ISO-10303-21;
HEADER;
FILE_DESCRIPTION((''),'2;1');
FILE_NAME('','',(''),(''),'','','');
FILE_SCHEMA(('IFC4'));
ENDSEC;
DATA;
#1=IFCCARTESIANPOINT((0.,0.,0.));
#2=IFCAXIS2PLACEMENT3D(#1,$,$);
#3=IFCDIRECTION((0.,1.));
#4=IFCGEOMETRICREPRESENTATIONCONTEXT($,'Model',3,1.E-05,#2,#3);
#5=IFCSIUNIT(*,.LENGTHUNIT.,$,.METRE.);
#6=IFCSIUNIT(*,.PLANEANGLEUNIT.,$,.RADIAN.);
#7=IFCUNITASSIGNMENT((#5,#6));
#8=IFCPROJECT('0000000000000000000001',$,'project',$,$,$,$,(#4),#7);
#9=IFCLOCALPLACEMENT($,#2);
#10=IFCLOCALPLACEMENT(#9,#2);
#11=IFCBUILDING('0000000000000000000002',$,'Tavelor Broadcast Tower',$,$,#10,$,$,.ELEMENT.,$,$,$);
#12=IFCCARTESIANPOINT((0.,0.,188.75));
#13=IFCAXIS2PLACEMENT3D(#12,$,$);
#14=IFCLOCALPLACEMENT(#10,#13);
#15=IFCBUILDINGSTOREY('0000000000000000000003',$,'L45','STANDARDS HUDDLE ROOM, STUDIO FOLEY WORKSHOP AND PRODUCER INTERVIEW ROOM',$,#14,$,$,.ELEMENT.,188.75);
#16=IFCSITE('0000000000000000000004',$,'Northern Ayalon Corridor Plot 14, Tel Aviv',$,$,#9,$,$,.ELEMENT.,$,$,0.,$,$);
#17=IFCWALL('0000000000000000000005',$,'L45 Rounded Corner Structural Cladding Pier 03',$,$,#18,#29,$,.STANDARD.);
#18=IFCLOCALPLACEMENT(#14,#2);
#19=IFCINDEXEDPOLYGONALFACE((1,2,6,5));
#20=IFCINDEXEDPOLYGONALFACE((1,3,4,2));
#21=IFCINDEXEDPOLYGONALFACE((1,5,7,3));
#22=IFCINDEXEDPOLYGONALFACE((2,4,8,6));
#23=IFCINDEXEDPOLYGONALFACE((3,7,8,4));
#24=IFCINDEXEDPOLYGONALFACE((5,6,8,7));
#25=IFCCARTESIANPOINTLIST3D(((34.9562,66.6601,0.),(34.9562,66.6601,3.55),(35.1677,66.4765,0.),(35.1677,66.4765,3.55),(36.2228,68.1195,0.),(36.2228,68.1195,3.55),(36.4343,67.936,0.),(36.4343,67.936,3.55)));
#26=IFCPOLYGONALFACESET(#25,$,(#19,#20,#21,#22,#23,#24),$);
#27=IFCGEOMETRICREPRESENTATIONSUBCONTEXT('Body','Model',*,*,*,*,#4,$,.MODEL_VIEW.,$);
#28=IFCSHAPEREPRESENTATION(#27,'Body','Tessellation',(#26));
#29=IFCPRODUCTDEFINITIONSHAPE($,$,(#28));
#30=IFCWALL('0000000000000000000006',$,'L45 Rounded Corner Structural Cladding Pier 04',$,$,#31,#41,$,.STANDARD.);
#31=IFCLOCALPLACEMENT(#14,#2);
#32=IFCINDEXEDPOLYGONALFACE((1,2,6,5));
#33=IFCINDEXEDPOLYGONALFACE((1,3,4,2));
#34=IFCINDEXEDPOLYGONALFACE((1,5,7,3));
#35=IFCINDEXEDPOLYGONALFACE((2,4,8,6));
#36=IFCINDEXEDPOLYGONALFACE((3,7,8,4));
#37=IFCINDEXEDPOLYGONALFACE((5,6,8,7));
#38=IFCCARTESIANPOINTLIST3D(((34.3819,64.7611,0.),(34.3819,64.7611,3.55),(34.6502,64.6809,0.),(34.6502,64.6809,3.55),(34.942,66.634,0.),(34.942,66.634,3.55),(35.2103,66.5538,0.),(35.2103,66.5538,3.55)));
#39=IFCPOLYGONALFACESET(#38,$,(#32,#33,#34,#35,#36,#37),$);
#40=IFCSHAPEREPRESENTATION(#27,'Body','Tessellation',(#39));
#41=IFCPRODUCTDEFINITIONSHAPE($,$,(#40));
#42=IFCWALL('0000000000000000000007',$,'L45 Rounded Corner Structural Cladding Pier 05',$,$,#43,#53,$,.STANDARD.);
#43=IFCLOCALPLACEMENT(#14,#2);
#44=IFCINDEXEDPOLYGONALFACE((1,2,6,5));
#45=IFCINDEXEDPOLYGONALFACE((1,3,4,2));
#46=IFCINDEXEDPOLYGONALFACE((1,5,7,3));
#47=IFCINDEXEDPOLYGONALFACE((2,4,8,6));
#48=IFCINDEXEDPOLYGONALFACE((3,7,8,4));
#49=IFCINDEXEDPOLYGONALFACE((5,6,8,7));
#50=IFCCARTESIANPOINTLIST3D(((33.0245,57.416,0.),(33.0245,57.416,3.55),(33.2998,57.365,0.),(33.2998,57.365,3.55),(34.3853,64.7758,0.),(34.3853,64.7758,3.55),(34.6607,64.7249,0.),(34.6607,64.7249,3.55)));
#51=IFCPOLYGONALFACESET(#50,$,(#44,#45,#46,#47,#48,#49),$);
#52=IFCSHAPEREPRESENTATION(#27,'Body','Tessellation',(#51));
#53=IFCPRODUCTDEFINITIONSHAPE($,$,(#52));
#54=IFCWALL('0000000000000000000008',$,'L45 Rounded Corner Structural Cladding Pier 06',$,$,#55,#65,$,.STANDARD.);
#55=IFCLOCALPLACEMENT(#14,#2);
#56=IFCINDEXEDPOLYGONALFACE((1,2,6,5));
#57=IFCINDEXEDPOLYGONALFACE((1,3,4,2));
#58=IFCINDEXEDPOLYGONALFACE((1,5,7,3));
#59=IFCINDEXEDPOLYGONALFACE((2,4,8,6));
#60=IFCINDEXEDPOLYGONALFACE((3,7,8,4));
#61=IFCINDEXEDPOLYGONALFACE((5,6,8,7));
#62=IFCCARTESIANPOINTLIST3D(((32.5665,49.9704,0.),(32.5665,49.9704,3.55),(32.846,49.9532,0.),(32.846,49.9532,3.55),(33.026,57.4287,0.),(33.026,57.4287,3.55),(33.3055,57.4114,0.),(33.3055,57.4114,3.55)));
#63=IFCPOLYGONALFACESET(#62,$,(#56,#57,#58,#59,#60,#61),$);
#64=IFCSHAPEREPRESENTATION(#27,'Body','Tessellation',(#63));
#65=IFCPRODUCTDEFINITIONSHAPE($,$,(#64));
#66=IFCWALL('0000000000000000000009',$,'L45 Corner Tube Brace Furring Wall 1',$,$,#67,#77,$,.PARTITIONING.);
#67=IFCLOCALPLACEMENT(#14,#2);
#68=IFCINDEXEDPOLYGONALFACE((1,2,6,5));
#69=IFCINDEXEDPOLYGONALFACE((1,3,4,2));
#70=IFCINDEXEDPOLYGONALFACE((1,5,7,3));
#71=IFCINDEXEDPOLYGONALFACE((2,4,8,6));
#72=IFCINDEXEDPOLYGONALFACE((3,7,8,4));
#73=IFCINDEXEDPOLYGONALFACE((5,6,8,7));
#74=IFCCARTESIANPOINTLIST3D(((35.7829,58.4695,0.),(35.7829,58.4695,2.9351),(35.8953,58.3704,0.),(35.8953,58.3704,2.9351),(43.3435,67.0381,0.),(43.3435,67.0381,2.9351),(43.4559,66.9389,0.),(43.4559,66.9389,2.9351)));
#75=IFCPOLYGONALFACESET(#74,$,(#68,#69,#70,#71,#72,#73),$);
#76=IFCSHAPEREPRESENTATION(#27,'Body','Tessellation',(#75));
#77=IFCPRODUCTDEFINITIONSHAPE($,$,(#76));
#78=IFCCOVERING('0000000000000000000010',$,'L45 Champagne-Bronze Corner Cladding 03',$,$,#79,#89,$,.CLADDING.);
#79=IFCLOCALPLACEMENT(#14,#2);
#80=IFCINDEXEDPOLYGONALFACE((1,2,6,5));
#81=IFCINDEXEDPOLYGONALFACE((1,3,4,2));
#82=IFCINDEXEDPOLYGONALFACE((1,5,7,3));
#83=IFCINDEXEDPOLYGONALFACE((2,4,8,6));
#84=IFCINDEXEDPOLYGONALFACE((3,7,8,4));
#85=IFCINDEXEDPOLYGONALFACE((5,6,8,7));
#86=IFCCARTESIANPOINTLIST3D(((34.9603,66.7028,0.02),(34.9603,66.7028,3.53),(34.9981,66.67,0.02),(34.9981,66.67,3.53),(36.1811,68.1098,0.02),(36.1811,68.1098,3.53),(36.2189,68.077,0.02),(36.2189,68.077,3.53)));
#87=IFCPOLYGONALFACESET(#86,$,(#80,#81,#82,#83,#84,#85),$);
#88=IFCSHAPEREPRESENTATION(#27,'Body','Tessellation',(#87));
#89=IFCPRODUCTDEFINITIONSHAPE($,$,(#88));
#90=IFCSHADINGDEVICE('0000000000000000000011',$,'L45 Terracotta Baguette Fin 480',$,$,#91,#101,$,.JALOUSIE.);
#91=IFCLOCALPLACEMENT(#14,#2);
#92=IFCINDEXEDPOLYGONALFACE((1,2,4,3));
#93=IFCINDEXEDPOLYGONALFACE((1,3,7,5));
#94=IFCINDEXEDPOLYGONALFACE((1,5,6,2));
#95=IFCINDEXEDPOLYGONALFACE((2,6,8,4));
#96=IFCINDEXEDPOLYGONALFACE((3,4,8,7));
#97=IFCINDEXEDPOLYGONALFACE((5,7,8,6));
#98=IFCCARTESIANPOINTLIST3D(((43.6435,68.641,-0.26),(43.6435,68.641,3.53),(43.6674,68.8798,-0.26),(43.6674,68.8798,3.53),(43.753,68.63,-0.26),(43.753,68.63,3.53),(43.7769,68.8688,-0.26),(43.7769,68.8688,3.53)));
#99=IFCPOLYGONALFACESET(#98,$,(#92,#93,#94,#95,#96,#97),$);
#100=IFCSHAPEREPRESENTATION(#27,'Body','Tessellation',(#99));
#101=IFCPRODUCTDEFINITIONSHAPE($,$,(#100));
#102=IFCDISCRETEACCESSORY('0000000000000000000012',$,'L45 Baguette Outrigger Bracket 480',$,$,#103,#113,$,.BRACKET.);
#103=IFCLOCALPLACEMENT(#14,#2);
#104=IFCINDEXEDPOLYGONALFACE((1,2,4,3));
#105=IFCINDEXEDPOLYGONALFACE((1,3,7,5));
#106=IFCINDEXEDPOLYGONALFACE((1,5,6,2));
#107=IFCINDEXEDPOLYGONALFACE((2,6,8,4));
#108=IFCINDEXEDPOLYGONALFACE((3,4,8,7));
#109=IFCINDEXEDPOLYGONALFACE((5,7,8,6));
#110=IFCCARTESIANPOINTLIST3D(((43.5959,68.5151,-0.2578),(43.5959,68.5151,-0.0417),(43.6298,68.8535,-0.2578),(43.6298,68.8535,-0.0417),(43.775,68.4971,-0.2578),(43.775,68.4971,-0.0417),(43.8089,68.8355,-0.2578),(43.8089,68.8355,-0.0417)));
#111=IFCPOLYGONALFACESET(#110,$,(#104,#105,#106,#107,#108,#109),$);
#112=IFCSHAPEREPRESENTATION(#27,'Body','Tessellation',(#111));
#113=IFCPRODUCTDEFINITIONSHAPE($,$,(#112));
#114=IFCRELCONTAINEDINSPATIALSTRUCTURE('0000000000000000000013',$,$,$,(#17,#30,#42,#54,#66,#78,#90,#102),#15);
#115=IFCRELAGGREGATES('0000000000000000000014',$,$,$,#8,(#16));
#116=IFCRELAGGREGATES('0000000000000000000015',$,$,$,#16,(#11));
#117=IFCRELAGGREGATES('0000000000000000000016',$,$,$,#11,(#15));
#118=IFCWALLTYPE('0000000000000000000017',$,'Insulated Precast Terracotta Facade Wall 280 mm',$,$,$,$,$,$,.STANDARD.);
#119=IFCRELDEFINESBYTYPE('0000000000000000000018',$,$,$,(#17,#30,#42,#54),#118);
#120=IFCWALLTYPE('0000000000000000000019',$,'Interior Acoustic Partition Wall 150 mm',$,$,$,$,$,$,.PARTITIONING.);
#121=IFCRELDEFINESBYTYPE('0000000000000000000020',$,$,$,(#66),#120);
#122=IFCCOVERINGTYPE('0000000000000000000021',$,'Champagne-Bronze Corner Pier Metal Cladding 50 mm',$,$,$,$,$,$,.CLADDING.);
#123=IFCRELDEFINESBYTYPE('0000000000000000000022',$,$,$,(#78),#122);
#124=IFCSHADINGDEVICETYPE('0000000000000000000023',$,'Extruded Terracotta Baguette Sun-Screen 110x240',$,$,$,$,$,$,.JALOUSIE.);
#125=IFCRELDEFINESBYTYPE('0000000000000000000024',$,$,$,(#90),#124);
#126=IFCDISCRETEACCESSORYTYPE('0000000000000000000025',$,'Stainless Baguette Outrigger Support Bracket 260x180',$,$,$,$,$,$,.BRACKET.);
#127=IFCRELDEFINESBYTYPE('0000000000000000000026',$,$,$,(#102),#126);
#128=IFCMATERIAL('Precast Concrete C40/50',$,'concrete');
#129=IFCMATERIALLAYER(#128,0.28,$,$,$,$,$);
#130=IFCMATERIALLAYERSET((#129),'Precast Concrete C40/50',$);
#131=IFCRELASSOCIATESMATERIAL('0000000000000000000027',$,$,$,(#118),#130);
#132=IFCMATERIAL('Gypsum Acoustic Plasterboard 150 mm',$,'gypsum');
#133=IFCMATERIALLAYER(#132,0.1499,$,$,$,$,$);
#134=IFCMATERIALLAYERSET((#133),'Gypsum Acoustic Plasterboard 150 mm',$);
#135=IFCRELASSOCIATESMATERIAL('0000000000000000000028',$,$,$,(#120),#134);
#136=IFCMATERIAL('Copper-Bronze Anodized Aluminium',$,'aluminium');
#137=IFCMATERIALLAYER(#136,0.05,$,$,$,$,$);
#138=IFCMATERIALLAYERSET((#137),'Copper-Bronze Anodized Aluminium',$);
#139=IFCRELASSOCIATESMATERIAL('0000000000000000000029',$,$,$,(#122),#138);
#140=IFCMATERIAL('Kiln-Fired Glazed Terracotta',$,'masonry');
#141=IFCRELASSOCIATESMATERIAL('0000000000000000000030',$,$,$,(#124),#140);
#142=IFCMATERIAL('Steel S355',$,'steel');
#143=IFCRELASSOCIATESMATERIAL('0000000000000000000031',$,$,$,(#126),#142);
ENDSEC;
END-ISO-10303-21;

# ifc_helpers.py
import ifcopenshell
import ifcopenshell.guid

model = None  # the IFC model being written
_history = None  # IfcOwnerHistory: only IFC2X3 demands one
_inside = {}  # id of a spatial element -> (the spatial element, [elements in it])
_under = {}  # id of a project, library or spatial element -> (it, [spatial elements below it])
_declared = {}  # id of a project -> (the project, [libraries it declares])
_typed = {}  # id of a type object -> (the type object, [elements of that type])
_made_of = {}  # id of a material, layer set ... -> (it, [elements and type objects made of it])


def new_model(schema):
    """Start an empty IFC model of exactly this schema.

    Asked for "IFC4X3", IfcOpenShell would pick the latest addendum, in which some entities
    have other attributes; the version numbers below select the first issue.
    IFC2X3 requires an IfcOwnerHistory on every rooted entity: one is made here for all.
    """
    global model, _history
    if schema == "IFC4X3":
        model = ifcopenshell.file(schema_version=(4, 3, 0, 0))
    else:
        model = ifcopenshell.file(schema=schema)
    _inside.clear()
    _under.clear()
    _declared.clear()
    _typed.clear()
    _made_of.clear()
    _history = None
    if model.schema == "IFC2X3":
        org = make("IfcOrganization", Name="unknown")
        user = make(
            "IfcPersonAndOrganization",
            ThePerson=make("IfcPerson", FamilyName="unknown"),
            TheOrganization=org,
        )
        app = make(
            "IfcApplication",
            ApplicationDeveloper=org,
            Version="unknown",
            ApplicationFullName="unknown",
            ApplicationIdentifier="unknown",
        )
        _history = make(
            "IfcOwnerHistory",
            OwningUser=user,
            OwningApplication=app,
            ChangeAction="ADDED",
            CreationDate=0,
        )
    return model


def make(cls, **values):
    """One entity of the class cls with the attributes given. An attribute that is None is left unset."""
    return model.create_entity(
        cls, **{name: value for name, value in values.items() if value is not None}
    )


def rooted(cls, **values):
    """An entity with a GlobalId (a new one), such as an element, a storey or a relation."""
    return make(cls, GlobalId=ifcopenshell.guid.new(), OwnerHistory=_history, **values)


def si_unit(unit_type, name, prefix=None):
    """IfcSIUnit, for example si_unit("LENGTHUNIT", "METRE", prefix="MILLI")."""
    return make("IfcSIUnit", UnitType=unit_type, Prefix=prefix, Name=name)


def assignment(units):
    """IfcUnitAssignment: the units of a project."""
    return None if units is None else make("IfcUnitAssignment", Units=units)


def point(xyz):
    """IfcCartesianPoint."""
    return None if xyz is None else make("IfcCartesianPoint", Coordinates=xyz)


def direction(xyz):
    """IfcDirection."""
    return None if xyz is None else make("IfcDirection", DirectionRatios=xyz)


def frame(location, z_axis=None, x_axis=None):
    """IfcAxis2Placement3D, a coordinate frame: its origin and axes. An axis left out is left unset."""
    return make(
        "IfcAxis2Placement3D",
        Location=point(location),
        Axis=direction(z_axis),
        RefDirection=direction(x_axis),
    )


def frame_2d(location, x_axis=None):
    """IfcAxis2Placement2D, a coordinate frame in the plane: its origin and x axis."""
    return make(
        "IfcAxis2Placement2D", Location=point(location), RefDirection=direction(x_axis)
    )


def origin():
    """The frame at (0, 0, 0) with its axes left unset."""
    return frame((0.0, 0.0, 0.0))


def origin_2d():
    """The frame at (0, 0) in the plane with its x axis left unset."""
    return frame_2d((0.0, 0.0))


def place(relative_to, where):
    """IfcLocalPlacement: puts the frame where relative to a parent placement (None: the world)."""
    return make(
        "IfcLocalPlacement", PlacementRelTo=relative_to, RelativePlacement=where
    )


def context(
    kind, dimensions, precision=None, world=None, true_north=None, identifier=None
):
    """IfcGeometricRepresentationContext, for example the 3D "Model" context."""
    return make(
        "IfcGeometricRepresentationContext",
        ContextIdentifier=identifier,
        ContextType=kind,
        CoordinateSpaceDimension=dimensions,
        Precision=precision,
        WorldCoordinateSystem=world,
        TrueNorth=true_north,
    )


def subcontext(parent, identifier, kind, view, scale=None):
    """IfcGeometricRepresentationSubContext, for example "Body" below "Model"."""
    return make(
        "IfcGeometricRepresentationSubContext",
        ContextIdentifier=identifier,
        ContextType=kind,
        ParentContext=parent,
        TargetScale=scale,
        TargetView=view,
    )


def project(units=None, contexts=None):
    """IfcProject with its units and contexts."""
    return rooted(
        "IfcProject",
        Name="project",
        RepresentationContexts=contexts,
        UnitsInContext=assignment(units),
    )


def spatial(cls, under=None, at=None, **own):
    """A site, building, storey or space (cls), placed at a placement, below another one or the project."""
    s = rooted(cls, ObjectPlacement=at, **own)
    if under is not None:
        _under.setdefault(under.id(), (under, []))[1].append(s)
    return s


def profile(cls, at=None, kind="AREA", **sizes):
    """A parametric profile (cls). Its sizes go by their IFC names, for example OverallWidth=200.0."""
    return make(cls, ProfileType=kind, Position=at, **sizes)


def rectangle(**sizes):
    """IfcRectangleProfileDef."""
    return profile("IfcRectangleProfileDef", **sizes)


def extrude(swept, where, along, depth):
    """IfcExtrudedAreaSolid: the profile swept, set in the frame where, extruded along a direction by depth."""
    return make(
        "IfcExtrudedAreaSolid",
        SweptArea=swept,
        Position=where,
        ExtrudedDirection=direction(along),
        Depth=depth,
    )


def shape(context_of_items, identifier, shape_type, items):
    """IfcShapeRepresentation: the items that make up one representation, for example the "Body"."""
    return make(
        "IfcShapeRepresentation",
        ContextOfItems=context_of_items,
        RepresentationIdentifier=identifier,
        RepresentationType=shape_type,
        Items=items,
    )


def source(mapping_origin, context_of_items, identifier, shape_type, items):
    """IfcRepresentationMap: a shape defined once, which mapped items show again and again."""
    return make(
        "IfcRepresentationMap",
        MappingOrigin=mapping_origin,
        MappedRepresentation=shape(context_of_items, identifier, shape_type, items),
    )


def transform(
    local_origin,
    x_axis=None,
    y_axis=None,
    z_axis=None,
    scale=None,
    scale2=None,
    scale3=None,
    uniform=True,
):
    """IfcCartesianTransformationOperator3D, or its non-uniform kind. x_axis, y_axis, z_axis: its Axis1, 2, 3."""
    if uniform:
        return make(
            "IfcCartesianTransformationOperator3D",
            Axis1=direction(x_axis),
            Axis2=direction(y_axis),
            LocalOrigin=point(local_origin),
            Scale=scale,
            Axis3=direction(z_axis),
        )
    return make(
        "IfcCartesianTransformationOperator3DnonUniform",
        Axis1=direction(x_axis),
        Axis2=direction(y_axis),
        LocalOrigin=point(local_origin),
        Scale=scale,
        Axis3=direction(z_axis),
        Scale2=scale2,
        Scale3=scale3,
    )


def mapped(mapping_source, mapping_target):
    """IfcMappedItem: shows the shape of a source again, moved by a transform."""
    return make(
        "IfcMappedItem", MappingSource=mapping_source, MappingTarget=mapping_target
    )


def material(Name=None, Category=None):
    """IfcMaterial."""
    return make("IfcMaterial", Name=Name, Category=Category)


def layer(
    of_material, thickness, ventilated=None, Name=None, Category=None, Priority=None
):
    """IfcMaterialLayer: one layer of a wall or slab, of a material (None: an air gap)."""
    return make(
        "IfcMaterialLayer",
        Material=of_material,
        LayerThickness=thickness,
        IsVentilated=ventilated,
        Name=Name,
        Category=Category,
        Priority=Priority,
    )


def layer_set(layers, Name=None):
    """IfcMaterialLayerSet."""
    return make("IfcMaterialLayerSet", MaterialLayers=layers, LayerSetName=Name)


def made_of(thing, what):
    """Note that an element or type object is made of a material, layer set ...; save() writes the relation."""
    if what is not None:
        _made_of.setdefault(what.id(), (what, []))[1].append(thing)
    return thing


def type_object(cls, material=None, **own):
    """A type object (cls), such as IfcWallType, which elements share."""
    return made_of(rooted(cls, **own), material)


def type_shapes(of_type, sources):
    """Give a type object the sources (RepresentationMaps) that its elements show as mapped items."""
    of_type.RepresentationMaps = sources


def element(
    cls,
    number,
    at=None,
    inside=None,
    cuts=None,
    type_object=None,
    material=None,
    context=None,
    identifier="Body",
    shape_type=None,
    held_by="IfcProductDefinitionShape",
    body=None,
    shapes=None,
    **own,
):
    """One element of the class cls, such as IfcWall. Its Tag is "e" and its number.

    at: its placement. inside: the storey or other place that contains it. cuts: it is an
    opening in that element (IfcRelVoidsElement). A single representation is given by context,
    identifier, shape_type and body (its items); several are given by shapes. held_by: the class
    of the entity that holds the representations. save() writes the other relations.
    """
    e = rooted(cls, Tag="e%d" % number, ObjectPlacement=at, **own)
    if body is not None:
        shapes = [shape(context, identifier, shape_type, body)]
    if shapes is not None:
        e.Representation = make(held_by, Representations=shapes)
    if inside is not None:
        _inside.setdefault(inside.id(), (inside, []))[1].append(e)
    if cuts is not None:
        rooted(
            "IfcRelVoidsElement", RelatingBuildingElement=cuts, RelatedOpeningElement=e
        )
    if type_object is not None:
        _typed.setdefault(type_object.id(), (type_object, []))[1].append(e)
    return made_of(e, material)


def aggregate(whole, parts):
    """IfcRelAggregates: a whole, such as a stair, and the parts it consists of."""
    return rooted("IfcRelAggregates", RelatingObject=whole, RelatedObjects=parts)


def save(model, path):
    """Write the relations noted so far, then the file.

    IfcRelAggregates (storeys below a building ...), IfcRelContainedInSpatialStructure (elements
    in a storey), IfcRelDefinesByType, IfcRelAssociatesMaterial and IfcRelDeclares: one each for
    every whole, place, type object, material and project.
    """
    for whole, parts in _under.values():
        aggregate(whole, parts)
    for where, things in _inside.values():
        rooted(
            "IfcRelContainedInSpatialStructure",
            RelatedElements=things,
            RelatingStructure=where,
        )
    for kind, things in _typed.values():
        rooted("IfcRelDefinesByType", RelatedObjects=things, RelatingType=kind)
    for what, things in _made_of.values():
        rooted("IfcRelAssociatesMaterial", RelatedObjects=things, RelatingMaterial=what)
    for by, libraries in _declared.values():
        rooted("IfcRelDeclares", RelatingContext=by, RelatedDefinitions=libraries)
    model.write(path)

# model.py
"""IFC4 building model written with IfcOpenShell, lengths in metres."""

from ifc_helpers import new_model, si_unit, direction, frame, frame_2d, origin, origin_2d, place, context, subcontext, project, spatial, rectangle, extrude, source, transform, mapped, material, layer, layer_set, type_object, type_shapes, element, save


model = new_model("IFC4")

# Units and contexts
model_context = context("Model", 3, precision=1e-05, world=origin(), true_north=direction((0.0, 1.0)))
body_context = subcontext(model_context, "Body", "Model", "MODEL_VIEW")
ifc_project = project(units=[si_unit("LENGTHUNIT", "METRE"), si_unit("PLANEANGLEUNIT", "RADIAN")], contexts=[model_context])

# Site, building, storey
site_placement = place(None, origin())
site = spatial("IfcSite", under=ifc_project, at=site_placement, Name="Northern Ayalon Corridor Plot 14, Tel Aviv", CompositionType="ELEMENT", RefElevation=0.0)
building_placement = place(site_placement, origin())
building = spatial("IfcBuilding", under=site, at=building_placement, Name="Tavelor Broadcast Tower", CompositionType="ELEMENT")
storey_placement = place(building_placement, frame((0.0, 0.0, 188.75)))
storey = spatial("IfcBuildingStorey", under=building, at=storey_placement, Name="L45", Description="STANDARDS HUDDLE ROOM, STUDIO FOLEY WORKSHOP AND PRODUCER INTERVIEW ROOM", CompositionType="ELEMENT", Elevation=188.75)

# Shared definitions
ifc_material_1 = material(Name="Steel S355", Category="steel")

# Walls
ifc_material_2 = material(Name="Precast Concrete C40/50", Category="concrete")
ifc_layer_1 = layer(ifc_material_2, 0.28)
ifc_layer_set_1 = layer_set([ifc_layer_1], Name="Precast Concrete C40/50")
wall_type_1 = type_object("IfcWallType", Name="Insulated Precast Terracotta Facade Wall 280 mm", PredefinedType="STANDARD", material=ifc_layer_set_1)
for number, where, z_axis, x_axis, name in (
    (1, (36.3286, 68.0278, 0.0), (0.0, 0.0, 1.0), (-0.65544, -0.755247, 0.0), "L45 Rounded Corner Structural Cladding Pier 03"),
):
    element("IfcWall", number, at=place(storey_placement, frame(where, z_axis=z_axis, x_axis=x_axis)), inside=storey, type_object=wall_type_1, Name=name, PredefinedType="STANDARD", context=body_context, shape_type="SweptSolid", body=[
        extrude(rectangle(XDim=1.9324, YDim=0.28, at=frame_2d((0.9663, 0.0))), origin(), (0.0, 0.0, 1.0), 3.55),
    ])
wall_1_placement = place(storey_placement, frame((35.0762, 66.594, 0.0), z_axis=(0.0, 0.0, 1.0), x_axis=(-0.286511, -0.958077, 0.0)))
element("IfcWall", 2, at=wall_1_placement, inside=storey, type_object=wall_type_1, Name="L45 Rounded Corner Structural Cladding Pier 04", PredefinedType="STANDARD", context=body_context, shape_type="SweptSolid", body=[
    extrude(rectangle(XDim=1.9548, YDim=0.28, at=frame_2d((0.9775, 0.0))), origin(), (0.0, 0.0, 1.0), 3.55),
])
wall_2_placement = place(storey_placement, frame((34.5229, 64.7502, 0.0), z_axis=(0.0, 0.0, 1.0), x_axis=(-0.181818, -0.983332, 0.0)))
element("IfcWall", 3, at=wall_2_placement, inside=storey, type_object=wall_type_1, Name="L45 Rounded Corner Structural Cladding Pier 05", PredefinedType="STANDARD", context=body_context, shape_type="SweptSolid", body=[
    extrude(rectangle(XDim=7.4846, YDim=0.28, at=frame_2d((3.7422, 0.0))), origin(), (0.0, 0.0, 1.0), 3.55),
])
wall_3_placement = place(storey_placement, frame((33.1658, 57.4202, 0.0), z_axis=(0.0, 0.0, 1.0), x_axis=(-0.061489, -0.998108, 0.0)))
element("IfcWall", 4, at=wall_3_placement, inside=storey, type_object=wall_type_1, Name="L45 Rounded Corner Structural Cladding Pier 06", PredefinedType="STANDARD", context=body_context, shape_type="SweptSolid", body=[
    extrude(rectangle(XDim=7.4724, YDim=0.28, at=frame_2d((3.7363, 0.0))), origin(), (0.0, 0.0, 1.0), 3.55),
])
ifc_material_3 = material(Name="Gypsum Acoustic Plasterboard 150 mm", Category="gypsum")
ifc_layer_2 = layer(ifc_material_3, 0.1499)
ifc_layer_set_2 = layer_set([ifc_layer_2], Name="Gypsum Acoustic Plasterboard 150 mm")
wall_type_2 = type_object("IfcWallType", Name="Interior Acoustic Partition Wall 150 mm", PredefinedType="PARTITIONING", material=ifc_layer_set_2)
wall_4_placement = place(storey_placement, frame((43.3997, 66.9885, 0.0), z_axis=(0.0, 0.0, 1.0), x_axis=(-0.661622, -0.749837, 0.0)))
element("IfcWall", 5, at=wall_4_placement, inside=storey, type_object=wall_type_2, Name="L45 Corner Tube Brace Furring Wall 1", PredefinedType="PARTITIONING", context=body_context, shape_type="SweptSolid", body=[
    extrude(rectangle(XDim=11.4272, YDim=0.1499, at=frame_2d((5.7136, 0.0))), origin(), (0.0, 0.0, 1.0), 2.9351),
])

# Covering
ifc_material_4 = material(Name="Copper-Bronze Anodized Aluminium", Category="aluminium")
ifc_layer_3 = layer(ifc_material_4, 0.05)
ifc_layer_set_3 = layer_set([ifc_layer_3], Name="Copper-Bronze Anodized Aluminium")
covering_type = type_object("IfcCoveringType", Name="Champagne-Bronze Corner Pier Metal Cladding 50 mm", PredefinedType="CLADDING", material=ifc_layer_set_3)
covering_placement = place(storey_placement, frame((35.5896, 67.3899, 0.02), z_axis=(0.0, 0.0, 1.0), x_axis=(-0.6554, -0.755282, 0.0)))
element("IfcCovering", 6, at=covering_placement, inside=storey, type_object=covering_type, Name="L45 Champagne-Bronze Corner Cladding 03", PredefinedType="CLADDING", context=body_context, shape_type="SweptSolid", body=[
    extrude(rectangle(XDim=1.8628, YDim=0.05, at=origin_2d()), origin(), (0.0, 0.0, 1.0), 3.51),
])

# Shading device
ifc_material_5 = material(Name="Kiln-Fired Glazed Terracotta", Category="masonry")
shading_device_type = type_object("IfcShadingDeviceType", Name="Extruded Terracotta Baguette Sun-Screen 110x240", PredefinedType="JALOUSIE", material=ifc_material_5)
shared_shape_1 = source(origin(), body_context, "Body", "SweptSolid", [
    extrude(rectangle(XDim=0.1101, YDim=0.24, at=origin_2d()), origin(), (0.0, 0.0, 1.0), 3.79),
])
type_shapes(shading_device_type, [shared_shape_1])
shading_device_placement = place(storey_placement, frame((43.7102, 68.7549, -0.26), z_axis=(0.0, 0.0, 1.0), x_axis=(-0.995021, 0.099667, 0.0)))
element("IfcShadingDevice", 7, at=shading_device_placement, inside=storey, type_object=shading_device_type, Name="L45 Terracotta Baguette Fin 480", PredefinedType="JALOUSIE", context=body_context, shape_type="MappedRepresentation", body=[
    mapped(shared_shape_1, transform((0.0, 0.0, 0.0), scale=1.0)),
])

# Discrete accessory
discrete_accessory_type = type_object("IfcDiscreteAccessoryType", Name="Stainless Baguette Outrigger Support Bracket 260x180", PredefinedType="BRACKET", material=ifc_material_1)
shared_shape_2 = source(origin(), body_context, "Body", "SweptSolid", [
    extrude(rectangle(XDim=0.1799, YDim=0.3401, at=origin_2d()), origin(), (0.0, 0.0, 1.0), 0.2161),
])
type_shapes(discrete_accessory_type, [shared_shape_2])
discrete_accessory_placement = place(storey_placement, frame((43.7024, 68.6753, -0.2578), z_axis=(0.0, 0.0, 1.0), x_axis=(-0.995021, 0.099667, 0.0)))
element("IfcDiscreteAccessory", 8, at=discrete_accessory_placement, inside=storey, type_object=discrete_accessory_type, Name="L45 Baguette Outrigger Bracket 480", PredefinedType="BRACKET", context=body_context, shape_type="MappedRepresentation", body=[
    mapped(shared_shape_2, transform((0.0, 0.0, 0.0), scale=1.0)),
])

save(model, "model.ifc")
